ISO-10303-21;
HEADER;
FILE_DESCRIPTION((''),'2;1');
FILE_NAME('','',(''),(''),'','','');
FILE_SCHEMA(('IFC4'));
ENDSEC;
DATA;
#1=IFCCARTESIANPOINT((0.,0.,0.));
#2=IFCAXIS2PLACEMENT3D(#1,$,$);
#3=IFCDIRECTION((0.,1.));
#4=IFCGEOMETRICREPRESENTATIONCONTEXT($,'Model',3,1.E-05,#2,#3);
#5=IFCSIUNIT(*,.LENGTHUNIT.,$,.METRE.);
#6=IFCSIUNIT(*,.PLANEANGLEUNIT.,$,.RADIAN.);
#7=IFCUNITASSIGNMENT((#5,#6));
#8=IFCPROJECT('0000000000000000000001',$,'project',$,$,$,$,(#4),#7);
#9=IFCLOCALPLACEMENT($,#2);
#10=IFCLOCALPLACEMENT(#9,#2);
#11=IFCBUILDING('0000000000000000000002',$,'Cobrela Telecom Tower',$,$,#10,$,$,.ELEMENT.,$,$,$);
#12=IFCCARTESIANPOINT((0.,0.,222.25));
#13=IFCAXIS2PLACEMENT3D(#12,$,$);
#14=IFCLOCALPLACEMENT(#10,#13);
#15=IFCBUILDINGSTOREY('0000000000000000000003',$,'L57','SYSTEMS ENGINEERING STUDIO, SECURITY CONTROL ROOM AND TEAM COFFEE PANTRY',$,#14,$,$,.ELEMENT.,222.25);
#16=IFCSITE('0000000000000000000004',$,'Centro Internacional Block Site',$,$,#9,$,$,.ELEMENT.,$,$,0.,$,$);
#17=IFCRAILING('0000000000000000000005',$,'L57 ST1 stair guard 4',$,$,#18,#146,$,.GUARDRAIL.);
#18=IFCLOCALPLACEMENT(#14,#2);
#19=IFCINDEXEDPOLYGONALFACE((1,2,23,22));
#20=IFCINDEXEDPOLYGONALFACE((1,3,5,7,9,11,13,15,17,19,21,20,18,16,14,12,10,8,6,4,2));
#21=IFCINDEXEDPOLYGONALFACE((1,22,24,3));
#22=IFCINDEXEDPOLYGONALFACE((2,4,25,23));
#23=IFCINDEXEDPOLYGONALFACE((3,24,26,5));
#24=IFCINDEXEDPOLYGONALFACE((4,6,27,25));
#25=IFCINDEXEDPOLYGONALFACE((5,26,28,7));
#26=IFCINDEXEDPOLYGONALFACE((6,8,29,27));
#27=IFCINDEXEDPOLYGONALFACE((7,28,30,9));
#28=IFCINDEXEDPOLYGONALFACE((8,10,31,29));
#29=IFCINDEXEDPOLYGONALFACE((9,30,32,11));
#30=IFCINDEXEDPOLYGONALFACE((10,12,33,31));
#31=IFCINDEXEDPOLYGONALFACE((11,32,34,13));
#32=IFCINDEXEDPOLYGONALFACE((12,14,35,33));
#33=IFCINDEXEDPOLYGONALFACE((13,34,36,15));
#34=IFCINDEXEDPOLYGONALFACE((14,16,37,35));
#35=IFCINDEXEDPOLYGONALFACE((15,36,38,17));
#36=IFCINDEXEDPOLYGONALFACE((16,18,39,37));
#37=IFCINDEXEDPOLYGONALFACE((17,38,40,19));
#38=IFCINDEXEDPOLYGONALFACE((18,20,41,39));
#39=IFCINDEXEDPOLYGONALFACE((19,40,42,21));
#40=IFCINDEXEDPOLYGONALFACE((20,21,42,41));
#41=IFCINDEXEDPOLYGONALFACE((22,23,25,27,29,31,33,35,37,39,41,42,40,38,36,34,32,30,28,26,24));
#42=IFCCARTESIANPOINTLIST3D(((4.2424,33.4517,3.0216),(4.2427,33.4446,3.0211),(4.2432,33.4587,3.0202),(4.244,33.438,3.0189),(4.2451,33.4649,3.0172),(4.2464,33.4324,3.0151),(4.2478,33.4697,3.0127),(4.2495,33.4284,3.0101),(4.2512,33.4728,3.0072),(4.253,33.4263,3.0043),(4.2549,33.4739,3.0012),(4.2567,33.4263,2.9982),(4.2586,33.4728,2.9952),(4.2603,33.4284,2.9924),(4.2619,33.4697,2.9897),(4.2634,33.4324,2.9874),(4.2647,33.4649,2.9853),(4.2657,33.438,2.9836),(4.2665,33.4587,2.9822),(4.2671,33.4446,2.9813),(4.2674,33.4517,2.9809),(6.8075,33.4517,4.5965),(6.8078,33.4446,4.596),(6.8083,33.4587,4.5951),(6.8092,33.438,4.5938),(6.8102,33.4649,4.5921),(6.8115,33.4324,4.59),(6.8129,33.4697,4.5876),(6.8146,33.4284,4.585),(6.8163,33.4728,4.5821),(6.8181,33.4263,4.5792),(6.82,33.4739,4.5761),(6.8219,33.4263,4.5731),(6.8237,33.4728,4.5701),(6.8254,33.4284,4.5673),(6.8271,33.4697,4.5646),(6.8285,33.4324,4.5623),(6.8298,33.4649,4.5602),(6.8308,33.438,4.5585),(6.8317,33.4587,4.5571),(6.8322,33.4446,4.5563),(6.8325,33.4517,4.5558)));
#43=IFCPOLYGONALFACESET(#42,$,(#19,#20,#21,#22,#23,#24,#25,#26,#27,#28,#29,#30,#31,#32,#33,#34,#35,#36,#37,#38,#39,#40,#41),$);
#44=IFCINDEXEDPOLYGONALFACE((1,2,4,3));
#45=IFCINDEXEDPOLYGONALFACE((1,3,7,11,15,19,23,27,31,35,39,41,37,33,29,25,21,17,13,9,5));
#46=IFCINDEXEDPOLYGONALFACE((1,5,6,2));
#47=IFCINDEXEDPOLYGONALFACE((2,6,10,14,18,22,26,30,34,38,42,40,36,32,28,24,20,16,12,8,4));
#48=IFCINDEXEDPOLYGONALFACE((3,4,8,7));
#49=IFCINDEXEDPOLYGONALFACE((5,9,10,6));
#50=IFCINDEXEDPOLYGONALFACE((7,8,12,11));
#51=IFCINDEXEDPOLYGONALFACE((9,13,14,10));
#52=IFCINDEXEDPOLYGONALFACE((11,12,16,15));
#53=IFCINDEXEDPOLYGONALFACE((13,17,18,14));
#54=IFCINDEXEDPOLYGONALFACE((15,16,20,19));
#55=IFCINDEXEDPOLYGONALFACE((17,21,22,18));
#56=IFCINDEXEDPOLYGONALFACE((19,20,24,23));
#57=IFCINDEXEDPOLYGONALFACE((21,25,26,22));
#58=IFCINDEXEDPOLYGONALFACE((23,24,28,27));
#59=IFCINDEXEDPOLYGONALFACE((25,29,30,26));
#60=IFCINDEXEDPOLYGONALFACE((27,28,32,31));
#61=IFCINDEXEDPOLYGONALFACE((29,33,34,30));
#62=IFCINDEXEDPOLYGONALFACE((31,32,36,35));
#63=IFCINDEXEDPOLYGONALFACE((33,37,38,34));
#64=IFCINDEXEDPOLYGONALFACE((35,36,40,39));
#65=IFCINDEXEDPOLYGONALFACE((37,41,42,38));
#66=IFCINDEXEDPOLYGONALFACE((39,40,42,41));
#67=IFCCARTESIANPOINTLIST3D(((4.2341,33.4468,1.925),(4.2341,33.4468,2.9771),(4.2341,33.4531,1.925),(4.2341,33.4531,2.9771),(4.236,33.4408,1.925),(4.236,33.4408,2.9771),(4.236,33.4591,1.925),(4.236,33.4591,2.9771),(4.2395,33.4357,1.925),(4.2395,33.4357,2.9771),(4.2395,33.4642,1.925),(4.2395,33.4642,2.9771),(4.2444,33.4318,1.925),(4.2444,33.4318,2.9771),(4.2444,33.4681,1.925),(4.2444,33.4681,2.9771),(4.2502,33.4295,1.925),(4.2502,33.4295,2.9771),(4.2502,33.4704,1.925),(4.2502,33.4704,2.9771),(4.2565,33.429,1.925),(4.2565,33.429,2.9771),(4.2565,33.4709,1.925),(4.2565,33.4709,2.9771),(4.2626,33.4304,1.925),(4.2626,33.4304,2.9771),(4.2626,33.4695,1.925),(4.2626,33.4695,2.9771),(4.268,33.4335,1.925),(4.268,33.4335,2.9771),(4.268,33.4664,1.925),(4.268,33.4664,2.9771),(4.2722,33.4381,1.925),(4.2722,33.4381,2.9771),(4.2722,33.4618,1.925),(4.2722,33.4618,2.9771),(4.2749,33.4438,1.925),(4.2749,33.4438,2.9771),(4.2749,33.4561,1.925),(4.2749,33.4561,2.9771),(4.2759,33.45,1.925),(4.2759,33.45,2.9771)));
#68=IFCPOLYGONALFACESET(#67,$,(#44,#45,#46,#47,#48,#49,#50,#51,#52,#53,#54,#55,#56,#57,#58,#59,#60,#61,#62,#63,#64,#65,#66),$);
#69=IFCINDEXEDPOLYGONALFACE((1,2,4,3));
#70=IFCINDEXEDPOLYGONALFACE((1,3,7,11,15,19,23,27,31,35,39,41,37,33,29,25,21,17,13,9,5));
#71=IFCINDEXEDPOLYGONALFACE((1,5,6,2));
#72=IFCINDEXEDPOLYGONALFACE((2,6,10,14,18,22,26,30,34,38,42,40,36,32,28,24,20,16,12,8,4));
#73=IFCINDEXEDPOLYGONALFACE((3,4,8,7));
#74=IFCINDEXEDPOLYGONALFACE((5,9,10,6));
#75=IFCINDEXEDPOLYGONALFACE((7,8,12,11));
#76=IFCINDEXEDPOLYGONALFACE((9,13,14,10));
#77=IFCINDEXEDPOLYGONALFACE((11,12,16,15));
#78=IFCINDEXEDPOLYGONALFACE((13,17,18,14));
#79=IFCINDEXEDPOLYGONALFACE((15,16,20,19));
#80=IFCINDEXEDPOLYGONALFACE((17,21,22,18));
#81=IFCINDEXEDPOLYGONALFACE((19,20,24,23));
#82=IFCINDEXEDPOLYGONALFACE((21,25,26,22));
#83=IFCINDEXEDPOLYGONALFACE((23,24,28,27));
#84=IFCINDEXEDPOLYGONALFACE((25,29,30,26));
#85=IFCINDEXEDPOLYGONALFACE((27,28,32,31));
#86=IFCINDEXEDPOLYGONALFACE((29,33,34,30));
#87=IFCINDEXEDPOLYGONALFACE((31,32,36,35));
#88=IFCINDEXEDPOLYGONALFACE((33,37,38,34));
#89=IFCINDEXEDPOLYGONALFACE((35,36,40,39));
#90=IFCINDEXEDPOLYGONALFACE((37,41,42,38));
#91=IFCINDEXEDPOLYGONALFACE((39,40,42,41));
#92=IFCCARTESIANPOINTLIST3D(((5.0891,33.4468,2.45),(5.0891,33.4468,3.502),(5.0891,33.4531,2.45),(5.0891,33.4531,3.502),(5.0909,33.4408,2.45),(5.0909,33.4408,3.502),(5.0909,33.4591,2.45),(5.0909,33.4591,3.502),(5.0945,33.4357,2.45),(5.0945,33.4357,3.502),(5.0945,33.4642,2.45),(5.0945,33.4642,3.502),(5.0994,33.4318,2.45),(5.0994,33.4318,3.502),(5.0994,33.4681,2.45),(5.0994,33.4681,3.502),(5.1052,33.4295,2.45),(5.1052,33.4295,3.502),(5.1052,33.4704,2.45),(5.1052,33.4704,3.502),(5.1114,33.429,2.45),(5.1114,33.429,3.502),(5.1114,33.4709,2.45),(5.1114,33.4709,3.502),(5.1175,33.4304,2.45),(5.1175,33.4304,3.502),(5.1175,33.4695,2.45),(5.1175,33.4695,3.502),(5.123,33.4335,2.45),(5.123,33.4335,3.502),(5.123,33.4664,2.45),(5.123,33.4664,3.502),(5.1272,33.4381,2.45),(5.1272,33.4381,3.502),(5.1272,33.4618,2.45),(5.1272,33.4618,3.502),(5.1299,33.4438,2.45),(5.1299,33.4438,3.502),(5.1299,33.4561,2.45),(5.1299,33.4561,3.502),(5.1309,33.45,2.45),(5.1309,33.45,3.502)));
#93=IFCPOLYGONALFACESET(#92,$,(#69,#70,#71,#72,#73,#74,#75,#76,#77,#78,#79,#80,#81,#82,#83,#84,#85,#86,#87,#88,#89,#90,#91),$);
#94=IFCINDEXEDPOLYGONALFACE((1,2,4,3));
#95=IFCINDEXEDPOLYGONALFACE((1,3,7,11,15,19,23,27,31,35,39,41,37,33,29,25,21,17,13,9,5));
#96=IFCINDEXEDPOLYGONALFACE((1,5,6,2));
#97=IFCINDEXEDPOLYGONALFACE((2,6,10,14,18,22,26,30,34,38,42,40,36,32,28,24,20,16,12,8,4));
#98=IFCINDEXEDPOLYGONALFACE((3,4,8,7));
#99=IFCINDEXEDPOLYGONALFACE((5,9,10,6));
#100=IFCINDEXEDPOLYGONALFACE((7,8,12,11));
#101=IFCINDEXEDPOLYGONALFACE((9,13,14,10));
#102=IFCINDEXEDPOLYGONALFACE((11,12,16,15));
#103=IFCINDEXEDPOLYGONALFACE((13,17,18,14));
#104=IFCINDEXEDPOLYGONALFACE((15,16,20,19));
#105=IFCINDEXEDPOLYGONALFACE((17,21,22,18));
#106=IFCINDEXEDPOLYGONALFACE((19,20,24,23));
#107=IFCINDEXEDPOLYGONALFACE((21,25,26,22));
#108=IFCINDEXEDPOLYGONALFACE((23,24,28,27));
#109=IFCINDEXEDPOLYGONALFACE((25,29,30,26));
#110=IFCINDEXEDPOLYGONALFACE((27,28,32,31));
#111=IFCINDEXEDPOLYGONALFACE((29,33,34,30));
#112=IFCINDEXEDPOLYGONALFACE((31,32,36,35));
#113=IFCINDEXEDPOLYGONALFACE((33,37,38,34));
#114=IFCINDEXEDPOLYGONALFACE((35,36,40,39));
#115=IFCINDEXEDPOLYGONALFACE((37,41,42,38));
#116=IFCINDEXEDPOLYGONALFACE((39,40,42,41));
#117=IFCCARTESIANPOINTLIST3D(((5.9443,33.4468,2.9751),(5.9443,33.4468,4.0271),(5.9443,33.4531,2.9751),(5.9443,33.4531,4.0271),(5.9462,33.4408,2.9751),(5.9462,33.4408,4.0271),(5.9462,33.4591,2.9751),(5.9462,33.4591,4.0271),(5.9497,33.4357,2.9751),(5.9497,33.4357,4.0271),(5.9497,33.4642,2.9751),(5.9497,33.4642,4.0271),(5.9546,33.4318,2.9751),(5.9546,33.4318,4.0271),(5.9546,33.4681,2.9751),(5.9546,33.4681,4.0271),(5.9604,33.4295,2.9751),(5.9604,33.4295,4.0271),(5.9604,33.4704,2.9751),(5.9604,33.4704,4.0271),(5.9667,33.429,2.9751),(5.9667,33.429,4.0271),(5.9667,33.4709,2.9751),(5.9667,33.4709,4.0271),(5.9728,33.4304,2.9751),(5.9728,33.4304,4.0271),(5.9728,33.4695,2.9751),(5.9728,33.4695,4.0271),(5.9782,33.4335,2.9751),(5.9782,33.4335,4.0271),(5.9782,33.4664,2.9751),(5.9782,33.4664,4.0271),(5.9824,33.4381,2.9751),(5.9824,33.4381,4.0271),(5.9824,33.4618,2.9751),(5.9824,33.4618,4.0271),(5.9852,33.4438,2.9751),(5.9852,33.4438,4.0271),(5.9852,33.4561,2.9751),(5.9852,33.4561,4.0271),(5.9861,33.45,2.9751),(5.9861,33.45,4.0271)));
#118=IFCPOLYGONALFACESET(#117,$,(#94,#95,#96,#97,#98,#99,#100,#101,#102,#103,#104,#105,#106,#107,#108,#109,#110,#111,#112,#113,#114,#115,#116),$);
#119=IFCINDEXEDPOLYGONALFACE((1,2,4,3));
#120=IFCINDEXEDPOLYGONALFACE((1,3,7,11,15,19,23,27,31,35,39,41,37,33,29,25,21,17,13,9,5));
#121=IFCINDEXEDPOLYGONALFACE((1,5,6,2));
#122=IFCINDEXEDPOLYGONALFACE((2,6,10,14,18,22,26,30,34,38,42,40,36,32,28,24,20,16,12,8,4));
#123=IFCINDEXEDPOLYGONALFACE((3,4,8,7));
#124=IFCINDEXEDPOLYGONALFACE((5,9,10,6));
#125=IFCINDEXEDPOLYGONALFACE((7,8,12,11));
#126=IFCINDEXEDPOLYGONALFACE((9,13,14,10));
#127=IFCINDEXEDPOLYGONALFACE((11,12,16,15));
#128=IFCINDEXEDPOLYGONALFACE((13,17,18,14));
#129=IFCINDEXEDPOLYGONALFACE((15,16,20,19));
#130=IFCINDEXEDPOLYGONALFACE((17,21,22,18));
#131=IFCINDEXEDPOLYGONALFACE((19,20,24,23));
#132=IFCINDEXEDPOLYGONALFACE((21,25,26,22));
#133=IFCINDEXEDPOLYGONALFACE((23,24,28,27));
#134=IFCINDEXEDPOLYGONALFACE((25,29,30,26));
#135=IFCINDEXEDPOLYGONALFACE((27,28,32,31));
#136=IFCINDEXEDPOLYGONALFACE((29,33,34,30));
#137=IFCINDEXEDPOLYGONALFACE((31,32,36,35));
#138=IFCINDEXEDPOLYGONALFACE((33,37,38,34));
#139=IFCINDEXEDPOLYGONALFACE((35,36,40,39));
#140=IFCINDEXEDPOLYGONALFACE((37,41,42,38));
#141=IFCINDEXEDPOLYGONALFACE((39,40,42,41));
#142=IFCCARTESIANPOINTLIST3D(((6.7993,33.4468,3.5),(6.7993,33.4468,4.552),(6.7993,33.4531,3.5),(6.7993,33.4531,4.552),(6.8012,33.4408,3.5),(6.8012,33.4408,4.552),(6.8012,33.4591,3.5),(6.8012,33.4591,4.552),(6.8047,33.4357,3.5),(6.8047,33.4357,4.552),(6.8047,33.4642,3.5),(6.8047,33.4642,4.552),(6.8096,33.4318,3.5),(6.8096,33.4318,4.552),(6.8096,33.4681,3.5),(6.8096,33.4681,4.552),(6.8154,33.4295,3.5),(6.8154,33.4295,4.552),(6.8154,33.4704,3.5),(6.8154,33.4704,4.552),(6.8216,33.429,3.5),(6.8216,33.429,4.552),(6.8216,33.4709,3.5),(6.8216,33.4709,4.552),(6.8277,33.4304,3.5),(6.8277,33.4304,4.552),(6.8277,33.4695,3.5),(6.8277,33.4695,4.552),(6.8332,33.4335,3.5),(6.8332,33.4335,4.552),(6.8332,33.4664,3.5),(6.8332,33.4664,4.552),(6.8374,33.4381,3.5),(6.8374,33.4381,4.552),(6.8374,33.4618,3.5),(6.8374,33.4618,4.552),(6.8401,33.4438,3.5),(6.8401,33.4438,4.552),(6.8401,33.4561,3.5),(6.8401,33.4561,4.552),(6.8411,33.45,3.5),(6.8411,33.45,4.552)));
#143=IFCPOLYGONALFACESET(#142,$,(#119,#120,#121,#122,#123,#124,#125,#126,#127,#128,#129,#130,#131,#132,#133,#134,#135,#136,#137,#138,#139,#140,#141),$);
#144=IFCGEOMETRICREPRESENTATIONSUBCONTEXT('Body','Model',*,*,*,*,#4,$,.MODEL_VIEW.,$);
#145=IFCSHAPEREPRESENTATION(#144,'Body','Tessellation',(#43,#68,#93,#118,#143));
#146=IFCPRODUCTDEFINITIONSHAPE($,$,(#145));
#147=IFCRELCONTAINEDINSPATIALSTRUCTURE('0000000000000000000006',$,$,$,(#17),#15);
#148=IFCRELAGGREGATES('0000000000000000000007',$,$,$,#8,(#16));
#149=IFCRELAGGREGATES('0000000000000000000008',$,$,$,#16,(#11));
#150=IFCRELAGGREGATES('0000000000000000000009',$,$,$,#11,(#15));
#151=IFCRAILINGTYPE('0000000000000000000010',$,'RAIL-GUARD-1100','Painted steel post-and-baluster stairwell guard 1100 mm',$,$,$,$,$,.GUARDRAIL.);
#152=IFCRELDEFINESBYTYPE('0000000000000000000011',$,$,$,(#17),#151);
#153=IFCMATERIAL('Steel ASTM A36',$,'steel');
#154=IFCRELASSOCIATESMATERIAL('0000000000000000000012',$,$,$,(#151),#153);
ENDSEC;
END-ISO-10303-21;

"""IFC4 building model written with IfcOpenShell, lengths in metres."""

from ifc_helpers import new_model, si_unit, direction, frame, origin, origin_2d, place, context, subcontext, project, spatial, circle, extrude, material, type_object, element, save


model = new_model("IFC4")

# Units and contexts
model_context = context("Model", 3, precision=1e-05, world=origin(), true_north=direction((0.0, 1.0)))
body_context = subcontext(model_context, "Body", "Model", "MODEL_VIEW")
ifc_project = project(units=[si_unit("LENGTHUNIT", "METRE"), si_unit("PLANEANGLEUNIT", "RADIAN")], contexts=[model_context])

# Site, building, storey
site_placement = place(None, origin())
site = spatial("IfcSite", under=ifc_project, at=site_placement, Name="Centro Internacional Block Site", CompositionType="ELEMENT", RefElevation=0.0)
building_placement = place(site_placement, origin())
building = spatial("IfcBuilding", under=site, at=building_placement, Name="Cobrela Telecom Tower", CompositionType="ELEMENT")
storey_placement = place(building_placement, frame((0.0, 0.0, 222.25)))
storey = spatial("IfcBuildingStorey", under=building, at=storey_placement, Name="L57", Description="SYSTEMS ENGINEERING STUDIO, SECURITY CONTROL ROOM AND TEAM COFFEE PANTRY", CompositionType="ELEMENT", Elevation=222.25)

# Shared definitions
ifc_material_1 = material(Name="Steel ASTM A36", Category="steel")

# Railing
railing_type_1 = type_object("IfcRailingType", Name="RAIL-GUARD-1100", Description="Painted steel post-and-baluster stairwell guard 1100 mm", PredefinedType="GUARDRAIL", material=ifc_material_1)
railing_1_placement = place(storey_placement, frame((4.2549, 33.45, 1.925)))
element("IfcRailing", 1, at=railing_1_placement, inside=storey, type_object=railing_type_1, Name="L57 ST1 stair guard 4", PredefinedType="GUARDRAIL", context=body_context, shape_type="SweptSolid", body=[
    extrude(circle(Radius=0.0239, at=origin_2d()), frame((0.0, 0.0, 1.0762), z_axis=(0.852195, 0.0, 0.523224), x_axis=(0.0, 1.0, 0.0)), (0.0, 0.0, 1.0), 3.01),
    extrude(circle(Radius=0.021, at=origin_2d()), origin(), (0.0, 0.0, 1.0), 1.052),
    extrude(circle(Radius=0.021, at=origin_2d()), frame((0.855, 0.0, 0.5249)), (0.0, 0.0, 1.0), 1.052),
    extrude(circle(Radius=0.021, at=origin_2d()), frame((1.7102, 0.0, 1.05)), (0.0, 0.0, 1.0), 1.052),
    extrude(circle(Radius=0.021, at=origin_2d()), frame((2.5652, 0.0, 1.575)), (0.0, 0.0, 1.0), 1.052),
])

save(model, "model.ifc")
